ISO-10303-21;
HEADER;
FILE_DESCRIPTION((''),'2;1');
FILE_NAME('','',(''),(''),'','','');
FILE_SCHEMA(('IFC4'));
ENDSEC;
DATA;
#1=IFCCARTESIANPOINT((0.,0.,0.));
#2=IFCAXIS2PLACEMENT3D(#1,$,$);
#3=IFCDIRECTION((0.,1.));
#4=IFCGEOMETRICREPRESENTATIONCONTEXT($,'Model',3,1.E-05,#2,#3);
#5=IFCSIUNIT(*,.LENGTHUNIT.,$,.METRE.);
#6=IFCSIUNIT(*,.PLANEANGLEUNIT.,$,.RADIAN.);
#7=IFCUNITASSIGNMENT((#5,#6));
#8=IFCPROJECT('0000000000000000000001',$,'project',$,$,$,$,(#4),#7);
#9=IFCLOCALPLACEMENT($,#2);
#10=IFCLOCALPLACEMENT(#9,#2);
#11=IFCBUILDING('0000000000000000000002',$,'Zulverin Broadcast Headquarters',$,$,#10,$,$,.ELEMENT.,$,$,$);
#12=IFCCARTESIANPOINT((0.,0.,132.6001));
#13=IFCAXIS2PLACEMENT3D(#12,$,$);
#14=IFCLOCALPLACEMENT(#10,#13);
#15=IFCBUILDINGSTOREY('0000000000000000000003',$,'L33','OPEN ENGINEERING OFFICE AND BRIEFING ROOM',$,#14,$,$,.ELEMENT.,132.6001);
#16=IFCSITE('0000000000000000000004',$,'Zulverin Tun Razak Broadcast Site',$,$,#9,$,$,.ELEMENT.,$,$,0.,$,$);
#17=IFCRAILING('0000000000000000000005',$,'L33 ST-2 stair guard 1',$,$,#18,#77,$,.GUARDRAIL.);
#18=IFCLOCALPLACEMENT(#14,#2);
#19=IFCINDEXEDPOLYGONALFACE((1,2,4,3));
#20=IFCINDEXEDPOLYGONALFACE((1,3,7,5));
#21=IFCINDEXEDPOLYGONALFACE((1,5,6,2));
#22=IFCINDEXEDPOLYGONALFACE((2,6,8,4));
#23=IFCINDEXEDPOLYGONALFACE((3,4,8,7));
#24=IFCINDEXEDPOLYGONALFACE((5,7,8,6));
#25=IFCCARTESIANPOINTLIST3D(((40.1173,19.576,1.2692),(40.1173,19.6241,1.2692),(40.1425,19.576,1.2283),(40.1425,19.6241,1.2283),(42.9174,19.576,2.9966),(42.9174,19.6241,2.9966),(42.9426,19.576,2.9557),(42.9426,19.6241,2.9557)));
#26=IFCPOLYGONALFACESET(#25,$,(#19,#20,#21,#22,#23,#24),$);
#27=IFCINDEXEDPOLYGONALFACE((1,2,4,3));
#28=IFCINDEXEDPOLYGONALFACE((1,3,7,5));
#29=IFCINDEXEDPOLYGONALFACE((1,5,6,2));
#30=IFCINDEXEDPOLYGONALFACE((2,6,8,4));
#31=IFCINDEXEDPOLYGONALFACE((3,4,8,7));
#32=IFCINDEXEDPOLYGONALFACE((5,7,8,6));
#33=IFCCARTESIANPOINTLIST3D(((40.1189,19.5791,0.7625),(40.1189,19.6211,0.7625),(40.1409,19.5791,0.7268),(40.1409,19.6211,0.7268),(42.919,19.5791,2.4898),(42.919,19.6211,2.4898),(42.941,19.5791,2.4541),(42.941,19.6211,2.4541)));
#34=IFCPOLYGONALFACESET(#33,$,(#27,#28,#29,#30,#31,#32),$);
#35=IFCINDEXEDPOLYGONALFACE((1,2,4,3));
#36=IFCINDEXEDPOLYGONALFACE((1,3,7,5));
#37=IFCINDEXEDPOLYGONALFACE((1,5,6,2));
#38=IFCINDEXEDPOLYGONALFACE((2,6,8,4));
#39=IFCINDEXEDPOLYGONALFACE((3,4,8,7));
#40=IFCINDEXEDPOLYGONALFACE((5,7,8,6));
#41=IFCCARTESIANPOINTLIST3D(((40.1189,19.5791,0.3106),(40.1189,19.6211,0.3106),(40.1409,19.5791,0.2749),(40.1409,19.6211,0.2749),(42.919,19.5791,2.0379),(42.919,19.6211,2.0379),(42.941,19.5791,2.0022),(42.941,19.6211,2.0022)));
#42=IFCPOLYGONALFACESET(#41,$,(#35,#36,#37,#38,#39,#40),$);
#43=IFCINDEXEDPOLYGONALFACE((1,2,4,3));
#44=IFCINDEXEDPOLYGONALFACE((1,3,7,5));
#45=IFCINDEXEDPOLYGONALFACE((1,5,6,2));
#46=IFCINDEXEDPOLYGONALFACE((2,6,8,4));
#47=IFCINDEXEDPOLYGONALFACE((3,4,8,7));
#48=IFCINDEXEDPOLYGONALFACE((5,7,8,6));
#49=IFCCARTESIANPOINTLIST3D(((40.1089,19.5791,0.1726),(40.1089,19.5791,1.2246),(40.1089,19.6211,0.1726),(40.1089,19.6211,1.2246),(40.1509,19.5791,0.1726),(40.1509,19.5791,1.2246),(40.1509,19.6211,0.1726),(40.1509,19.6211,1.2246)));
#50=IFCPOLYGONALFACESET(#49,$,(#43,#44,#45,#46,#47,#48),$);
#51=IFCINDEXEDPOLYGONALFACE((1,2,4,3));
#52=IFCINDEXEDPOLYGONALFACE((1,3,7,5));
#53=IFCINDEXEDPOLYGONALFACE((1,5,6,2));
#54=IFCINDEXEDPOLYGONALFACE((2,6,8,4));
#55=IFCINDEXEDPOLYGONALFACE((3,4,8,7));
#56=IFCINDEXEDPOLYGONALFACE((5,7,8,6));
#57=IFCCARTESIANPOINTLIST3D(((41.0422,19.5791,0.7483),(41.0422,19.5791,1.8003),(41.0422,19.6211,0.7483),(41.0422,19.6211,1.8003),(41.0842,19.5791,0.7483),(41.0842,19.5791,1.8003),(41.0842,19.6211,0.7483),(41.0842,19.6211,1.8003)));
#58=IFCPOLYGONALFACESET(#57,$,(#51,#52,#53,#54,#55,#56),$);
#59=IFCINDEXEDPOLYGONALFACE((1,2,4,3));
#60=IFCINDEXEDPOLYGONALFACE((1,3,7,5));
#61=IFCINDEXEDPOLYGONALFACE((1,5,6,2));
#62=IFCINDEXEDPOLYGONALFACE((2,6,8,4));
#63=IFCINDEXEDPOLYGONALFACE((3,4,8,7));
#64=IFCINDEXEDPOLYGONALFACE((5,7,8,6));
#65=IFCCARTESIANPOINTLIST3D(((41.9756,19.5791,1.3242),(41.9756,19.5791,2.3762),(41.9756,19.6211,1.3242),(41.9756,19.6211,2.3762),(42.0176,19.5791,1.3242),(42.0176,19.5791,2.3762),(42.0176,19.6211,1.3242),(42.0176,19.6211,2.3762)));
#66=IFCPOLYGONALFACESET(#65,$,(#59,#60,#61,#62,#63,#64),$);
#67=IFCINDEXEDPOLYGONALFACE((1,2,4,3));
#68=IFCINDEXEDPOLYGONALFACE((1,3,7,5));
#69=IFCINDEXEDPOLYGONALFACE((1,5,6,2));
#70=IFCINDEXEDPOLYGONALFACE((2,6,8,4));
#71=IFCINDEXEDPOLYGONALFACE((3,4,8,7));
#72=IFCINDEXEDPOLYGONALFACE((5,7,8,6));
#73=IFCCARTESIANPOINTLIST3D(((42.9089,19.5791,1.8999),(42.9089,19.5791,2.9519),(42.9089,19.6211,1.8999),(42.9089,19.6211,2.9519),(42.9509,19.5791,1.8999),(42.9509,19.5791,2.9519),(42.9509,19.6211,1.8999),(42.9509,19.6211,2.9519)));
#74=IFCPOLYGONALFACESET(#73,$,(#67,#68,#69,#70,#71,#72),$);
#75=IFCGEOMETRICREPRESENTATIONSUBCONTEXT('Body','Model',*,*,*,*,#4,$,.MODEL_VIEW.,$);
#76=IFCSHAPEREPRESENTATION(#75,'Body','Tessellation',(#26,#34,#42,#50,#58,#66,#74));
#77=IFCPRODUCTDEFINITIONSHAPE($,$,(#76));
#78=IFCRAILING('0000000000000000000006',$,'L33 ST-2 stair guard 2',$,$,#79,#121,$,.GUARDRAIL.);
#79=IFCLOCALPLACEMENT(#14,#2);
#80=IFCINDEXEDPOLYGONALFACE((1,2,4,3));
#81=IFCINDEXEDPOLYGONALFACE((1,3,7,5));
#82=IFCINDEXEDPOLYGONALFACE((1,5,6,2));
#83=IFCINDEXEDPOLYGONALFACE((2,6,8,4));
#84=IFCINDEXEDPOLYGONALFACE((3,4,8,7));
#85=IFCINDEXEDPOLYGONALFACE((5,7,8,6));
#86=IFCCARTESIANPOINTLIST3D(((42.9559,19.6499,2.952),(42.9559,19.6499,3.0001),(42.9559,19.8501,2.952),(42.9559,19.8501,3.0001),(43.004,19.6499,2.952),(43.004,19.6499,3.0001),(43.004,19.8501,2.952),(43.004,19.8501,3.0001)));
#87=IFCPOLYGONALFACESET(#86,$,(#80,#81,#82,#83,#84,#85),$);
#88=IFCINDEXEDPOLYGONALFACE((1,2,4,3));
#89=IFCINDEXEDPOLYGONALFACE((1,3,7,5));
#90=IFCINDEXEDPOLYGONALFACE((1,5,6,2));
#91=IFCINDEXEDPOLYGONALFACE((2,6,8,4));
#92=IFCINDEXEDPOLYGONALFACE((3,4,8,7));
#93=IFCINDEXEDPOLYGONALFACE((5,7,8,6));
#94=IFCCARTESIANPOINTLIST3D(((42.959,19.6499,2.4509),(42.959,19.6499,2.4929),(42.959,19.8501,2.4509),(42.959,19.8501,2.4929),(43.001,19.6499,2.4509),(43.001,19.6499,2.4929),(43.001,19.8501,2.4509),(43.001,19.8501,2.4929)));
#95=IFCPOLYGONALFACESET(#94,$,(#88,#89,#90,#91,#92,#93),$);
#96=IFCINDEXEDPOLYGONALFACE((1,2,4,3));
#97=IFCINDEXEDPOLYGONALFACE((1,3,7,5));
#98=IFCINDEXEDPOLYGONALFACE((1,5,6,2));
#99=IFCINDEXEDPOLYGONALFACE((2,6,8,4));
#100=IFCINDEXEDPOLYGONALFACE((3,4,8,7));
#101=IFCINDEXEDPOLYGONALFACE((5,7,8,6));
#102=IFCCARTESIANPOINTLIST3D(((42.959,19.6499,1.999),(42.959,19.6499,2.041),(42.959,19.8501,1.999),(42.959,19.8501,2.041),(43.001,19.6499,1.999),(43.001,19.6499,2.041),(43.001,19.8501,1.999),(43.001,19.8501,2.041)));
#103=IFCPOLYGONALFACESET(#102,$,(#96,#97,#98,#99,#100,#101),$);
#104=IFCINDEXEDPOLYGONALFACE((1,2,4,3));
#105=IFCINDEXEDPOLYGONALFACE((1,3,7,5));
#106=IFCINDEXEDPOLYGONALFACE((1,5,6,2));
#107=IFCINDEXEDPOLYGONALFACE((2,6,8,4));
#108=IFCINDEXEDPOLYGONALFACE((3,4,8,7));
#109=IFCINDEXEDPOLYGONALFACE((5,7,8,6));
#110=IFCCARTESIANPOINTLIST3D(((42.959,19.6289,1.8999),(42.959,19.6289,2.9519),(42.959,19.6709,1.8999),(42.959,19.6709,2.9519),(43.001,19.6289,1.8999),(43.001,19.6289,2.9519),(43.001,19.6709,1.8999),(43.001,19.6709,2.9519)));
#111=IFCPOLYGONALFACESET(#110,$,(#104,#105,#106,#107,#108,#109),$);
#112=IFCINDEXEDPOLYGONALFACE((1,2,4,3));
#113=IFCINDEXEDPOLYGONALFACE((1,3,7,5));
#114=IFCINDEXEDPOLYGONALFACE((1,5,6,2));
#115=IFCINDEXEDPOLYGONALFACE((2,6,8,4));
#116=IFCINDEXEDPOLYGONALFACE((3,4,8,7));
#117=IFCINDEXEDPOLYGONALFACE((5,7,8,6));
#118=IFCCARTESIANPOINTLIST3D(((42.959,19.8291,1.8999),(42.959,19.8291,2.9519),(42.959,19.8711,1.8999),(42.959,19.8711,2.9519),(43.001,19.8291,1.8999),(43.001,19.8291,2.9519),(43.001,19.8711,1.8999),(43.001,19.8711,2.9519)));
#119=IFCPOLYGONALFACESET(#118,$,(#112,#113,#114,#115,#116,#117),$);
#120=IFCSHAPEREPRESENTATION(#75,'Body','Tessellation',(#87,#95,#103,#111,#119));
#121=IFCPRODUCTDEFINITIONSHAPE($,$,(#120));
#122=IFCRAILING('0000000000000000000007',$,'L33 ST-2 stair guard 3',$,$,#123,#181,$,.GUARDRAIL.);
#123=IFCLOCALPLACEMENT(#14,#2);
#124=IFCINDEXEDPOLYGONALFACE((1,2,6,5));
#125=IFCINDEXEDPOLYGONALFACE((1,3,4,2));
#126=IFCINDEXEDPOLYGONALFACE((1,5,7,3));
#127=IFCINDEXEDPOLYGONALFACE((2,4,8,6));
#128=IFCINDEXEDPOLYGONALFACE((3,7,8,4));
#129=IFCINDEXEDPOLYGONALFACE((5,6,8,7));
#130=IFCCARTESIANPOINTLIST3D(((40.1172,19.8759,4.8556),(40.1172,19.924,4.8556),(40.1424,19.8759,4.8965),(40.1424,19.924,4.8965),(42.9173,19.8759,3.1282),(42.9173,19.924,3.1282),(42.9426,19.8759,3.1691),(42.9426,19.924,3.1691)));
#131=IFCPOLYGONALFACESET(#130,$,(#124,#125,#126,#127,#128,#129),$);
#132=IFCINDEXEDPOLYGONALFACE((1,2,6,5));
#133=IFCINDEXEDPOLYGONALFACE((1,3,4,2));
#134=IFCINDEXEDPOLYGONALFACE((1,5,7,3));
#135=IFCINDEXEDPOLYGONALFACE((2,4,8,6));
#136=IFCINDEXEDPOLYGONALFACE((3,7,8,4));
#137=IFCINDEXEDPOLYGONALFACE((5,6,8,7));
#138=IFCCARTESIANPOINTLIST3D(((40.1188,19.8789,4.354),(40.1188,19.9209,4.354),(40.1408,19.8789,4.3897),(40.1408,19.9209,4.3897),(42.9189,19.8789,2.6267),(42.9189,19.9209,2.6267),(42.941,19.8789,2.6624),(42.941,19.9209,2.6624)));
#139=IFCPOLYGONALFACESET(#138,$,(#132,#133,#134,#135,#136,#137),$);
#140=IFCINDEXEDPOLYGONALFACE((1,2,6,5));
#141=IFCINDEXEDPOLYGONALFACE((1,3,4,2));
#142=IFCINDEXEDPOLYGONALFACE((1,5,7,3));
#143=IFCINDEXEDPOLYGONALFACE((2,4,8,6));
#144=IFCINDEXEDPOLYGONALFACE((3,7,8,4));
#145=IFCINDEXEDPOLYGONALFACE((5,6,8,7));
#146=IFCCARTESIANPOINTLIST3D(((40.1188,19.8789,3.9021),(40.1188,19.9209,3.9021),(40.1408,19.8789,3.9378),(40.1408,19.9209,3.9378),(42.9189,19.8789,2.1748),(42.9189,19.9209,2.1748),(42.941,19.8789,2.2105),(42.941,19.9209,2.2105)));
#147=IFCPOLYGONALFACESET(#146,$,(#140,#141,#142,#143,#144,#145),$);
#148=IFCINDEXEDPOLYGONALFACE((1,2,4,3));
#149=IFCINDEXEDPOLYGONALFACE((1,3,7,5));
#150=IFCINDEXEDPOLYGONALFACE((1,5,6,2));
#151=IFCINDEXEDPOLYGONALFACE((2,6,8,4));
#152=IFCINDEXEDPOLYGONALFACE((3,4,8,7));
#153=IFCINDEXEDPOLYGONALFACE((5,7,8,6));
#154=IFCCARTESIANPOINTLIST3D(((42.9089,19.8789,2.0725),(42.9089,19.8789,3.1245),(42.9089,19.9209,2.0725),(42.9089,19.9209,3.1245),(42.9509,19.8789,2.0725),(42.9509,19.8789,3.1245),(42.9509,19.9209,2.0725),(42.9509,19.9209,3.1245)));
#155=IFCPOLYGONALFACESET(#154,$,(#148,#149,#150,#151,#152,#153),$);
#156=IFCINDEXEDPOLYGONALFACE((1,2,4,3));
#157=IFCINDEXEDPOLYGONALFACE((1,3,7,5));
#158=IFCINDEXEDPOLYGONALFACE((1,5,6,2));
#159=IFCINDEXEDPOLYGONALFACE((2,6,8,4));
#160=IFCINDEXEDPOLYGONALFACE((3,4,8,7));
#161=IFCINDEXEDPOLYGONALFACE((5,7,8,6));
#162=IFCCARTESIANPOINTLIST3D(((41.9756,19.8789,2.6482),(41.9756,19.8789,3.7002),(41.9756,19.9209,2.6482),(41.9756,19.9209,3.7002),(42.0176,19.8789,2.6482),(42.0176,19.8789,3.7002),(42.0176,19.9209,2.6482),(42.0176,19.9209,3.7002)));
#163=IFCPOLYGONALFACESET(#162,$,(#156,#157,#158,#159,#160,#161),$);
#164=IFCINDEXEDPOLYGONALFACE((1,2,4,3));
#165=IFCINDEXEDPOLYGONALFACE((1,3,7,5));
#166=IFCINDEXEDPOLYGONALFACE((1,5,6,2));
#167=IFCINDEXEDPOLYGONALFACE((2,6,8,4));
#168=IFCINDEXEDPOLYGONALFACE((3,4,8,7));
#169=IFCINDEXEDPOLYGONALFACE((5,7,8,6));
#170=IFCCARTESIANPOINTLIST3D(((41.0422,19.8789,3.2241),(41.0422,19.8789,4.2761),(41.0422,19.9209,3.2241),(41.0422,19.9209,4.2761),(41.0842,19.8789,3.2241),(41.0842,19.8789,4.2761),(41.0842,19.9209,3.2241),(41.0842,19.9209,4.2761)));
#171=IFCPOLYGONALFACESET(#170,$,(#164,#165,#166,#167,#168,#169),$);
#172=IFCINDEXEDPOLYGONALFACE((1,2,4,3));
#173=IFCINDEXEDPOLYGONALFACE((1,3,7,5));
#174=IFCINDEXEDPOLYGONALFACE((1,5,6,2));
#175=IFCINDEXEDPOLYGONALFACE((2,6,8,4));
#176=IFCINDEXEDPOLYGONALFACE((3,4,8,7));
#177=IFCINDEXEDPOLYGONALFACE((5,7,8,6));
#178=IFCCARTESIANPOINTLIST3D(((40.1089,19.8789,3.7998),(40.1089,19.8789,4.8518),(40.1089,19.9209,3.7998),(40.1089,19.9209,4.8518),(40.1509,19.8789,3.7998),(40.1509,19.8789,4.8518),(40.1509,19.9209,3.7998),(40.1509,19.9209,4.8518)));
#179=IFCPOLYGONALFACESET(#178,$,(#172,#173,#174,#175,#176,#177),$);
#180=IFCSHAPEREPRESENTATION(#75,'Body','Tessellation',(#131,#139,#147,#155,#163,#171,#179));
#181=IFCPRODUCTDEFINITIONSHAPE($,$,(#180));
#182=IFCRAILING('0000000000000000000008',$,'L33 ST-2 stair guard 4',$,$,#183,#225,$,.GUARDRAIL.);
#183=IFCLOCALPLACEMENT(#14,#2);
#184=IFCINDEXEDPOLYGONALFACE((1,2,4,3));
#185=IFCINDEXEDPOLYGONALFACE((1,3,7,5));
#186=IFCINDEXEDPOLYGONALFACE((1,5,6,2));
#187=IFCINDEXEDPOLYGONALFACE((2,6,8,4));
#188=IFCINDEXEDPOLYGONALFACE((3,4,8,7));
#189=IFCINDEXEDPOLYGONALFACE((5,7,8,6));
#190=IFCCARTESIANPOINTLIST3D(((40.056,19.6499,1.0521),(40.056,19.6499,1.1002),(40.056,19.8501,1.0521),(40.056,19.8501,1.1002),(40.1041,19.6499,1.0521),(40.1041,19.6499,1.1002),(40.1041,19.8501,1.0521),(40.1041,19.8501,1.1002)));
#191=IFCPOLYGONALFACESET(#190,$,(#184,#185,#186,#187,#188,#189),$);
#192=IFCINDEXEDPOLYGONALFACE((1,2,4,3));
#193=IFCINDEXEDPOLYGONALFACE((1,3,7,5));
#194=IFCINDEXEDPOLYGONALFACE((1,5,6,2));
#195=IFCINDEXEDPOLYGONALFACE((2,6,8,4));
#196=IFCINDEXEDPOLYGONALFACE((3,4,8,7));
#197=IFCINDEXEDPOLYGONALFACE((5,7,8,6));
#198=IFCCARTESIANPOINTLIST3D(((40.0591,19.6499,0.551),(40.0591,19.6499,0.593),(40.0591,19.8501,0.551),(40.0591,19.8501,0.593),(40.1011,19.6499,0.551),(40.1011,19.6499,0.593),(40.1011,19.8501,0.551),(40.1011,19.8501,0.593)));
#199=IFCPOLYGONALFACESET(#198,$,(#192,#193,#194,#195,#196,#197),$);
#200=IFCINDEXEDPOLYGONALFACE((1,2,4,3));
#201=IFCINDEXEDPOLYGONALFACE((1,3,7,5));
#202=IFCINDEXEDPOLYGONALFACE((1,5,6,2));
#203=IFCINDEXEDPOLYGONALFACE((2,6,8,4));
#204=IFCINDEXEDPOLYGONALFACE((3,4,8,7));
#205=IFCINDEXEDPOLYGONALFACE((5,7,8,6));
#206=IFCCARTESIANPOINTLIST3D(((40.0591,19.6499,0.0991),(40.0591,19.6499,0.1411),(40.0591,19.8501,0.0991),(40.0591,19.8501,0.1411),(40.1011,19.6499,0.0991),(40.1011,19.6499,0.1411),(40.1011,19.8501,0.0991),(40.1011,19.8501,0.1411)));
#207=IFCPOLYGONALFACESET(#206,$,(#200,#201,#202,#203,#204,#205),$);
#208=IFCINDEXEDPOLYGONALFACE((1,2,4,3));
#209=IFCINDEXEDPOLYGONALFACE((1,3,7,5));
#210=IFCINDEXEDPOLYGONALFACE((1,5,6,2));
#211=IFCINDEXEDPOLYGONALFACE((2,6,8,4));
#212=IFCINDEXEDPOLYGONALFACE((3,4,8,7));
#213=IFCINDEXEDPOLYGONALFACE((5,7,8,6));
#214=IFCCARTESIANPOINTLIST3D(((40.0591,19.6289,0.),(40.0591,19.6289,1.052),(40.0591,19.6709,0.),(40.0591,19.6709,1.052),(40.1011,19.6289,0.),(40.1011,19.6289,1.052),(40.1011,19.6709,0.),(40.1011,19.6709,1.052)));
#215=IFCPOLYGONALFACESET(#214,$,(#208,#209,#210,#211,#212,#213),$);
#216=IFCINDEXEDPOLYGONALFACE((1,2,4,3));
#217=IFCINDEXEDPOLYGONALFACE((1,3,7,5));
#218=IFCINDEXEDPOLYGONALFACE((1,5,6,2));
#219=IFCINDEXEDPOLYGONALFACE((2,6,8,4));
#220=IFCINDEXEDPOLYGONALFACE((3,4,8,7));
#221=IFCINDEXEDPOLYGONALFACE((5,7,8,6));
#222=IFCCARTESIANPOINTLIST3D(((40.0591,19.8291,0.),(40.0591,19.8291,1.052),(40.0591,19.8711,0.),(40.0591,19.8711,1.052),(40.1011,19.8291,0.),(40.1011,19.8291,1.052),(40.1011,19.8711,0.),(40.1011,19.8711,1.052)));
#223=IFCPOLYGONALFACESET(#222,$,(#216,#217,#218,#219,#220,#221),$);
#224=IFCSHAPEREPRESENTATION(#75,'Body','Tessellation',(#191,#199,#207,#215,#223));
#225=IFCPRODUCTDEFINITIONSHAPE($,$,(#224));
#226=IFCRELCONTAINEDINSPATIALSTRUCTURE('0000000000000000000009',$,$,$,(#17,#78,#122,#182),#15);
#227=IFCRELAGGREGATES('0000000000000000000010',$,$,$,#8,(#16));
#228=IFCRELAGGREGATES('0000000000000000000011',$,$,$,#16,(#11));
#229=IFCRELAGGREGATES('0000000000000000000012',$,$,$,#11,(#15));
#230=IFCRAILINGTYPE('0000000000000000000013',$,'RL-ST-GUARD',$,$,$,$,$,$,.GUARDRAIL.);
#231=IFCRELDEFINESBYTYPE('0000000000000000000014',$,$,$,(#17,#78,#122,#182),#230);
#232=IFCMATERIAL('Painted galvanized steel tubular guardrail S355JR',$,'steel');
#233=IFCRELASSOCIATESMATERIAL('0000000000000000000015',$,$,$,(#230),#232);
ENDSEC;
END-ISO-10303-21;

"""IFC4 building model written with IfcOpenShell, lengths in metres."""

from ifc_helpers import new_model, si_unit, direction, frame, origin, origin_2d, place, context, subcontext, project, spatial, rectangle, extrude, material, type_object, element, save


model = new_model("IFC4")

# Units and contexts
model_context = context("Model", 3, precision=1e-05, world=origin(), true_north=direction((0.0, 1.0)))
body_context = subcontext(model_context, "Body", "Model", "MODEL_VIEW")
ifc_project = project(units=[si_unit("LENGTHUNIT", "METRE"), si_unit("PLANEANGLEUNIT", "RADIAN")], contexts=[model_context])

# Site, building, storey
site_placement = place(None, origin())
site = spatial("IfcSite", under=ifc_project, at=site_placement, Name="Zulverin Tun Razak Broadcast Site", CompositionType="ELEMENT", RefElevation=0.0)
building_placement = place(site_placement, origin())
building = spatial("IfcBuilding", under=site, at=building_placement, Name="Zulverin Broadcast Headquarters", CompositionType="ELEMENT")
storey_placement = place(building_placement, frame((0.0, 0.0, 132.6001)))
storey = spatial("IfcBuildingStorey", under=building, at=storey_placement, Name="L33", Description="OPEN ENGINEERING OFFICE AND BRIEFING ROOM", CompositionType="ELEMENT", Elevation=132.6001)

# Railings
ifc_material_1 = material(Name="Painted galvanized steel tubular guardrail S355JR", Category="steel")
railing_type_1 = type_object("IfcRailingType", Name="RL-ST-GUARD", PredefinedType="GUARDRAIL", material=ifc_material_1)
railing_1_placement = place(storey_placement, frame((40.1299, 19.6001, 0.1726)))
element("IfcRailing", 1, at=railing_1_placement, inside=storey, type_object=railing_type_1, Name="L33 ST-2 stair guard 1", PredefinedType="GUARDRAIL", context=body_context, shape_type="SweptSolid", body=[
    extrude(rectangle(XDim=0.0481, YDim=0.0481, at=origin_2d()), frame((0.0, 0.0, 1.0762), z_axis=(0.85109, 0.0, 0.52502), x_axis=(0.0, 1.0, 0.0)), (0.0, 0.0, 1.0), 3.29),
    extrude(rectangle(XDim=0.042, YDim=0.042, at=origin_2d()), frame((0.0, 0.0, 0.572), z_axis=(0.85109, 0.0, 0.52502), x_axis=(0.0, 1.0, 0.0)), (0.0, 0.0, 1.0), 3.29),
    extrude(rectangle(XDim=0.042, YDim=0.042, at=origin_2d()), frame((0.0, 0.0, 0.1201), z_axis=(0.85109, 0.0, 0.52502), x_axis=(0.0, 1.0, 0.0)), (0.0, 0.0, 1.0), 3.29),
    extrude(rectangle(XDim=0.042, YDim=0.042, at=origin_2d()), origin(), (0.0, 0.0, 1.0), 1.052),
    extrude(rectangle(XDim=0.042, YDim=0.042, at=origin_2d()), frame((0.9333, 0.0, 0.5757)), (0.0, 0.0, 1.0), 1.052),
    extrude(rectangle(XDim=0.042, YDim=0.042, at=origin_2d()), frame((1.8667, 0.0, 1.1516)), (0.0, 0.0, 1.0), 1.052),
    extrude(rectangle(XDim=0.042, YDim=0.042, at=origin_2d()), frame((2.8, 0.0, 1.7273)), (0.0, 0.0, 1.0), 1.052),
])
railing_2_placement = place(storey_placement, frame((42.98, 19.6499, 1.8999)))
element("IfcRailing", 2, at=railing_2_placement, inside=storey, type_object=railing_type_1, Name="L33 ST-2 stair guard 2", PredefinedType="GUARDRAIL", context=body_context, shape_type="SweptSolid", body=[
    extrude(rectangle(XDim=0.0481, YDim=0.0481, at=origin_2d()), frame((0.0, 0.0, 1.0762), z_axis=(0.0, 1.0, 0.0), x_axis=(-1.0, 0.0, 0.0)), (0.0, 0.0, 1.0), 0.2002),
    extrude(rectangle(XDim=0.042, YDim=0.042, at=origin_2d()), frame((0.0, 0.0, 0.572), z_axis=(0.0, 1.0, 0.0), x_axis=(-1.0, 0.0, 0.0)), (0.0, 0.0, 1.0), 0.2002),
    extrude(rectangle(XDim=0.042, YDim=0.042, at=origin_2d()), frame((0.0, 0.0, 0.1201), z_axis=(0.0, 1.0, 0.0), x_axis=(-1.0, 0.0, 0.0)), (0.0, 0.0, 1.0), 0.2002),
    extrude(rectangle(XDim=0.042, YDim=0.042, at=origin_2d()), origin(), (0.0, 0.0, 1.0), 1.052),
    extrude(rectangle(XDim=0.042, YDim=0.042, at=origin_2d()), frame((0.0, 0.2002, 0.0)), (0.0, 0.0, 1.0), 1.052),
])
railing_3_placement = place(storey_placement, frame((42.9299, 19.8999, 2.0725)))
element("IfcRailing", 3, at=railing_3_placement, inside=storey, type_object=railing_type_1, Name="L33 ST-2 stair guard 3", PredefinedType="GUARDRAIL", context=body_context, shape_type="SweptSolid", body=[
    extrude(rectangle(XDim=0.0481, YDim=0.0481, at=origin_2d()), frame((0.0, 0.0, 1.0762), z_axis=(-0.85109, 0.0, 0.52502), x_axis=(0.0, -1.0, 0.0)), (0.0, 0.0, 1.0), 3.29),
    extrude(rectangle(XDim=0.042, YDim=0.042, at=origin_2d()), frame((0.0, 0.0, 0.572), z_axis=(-0.85109, 0.0, 0.52502), x_axis=(0.0, -1.0, 0.0)), (0.0, 0.0, 1.0), 3.29),
    extrude(rectangle(XDim=0.042, YDim=0.042, at=origin_2d()), frame((0.0, 0.0, 0.1201), z_axis=(-0.85109, 0.0, 0.52502), x_axis=(0.0, -1.0, 0.0)), (0.0, 0.0, 1.0), 3.29),
    extrude(rectangle(XDim=0.042, YDim=0.042, at=origin_2d()), origin(), (0.0, 0.0, 1.0), 1.052),
    extrude(rectangle(XDim=0.042, YDim=0.042, at=origin_2d()), frame((-0.9333, 0.0, 0.5757)), (0.0, 0.0, 1.0), 1.052),
    extrude(rectangle(XDim=0.042, YDim=0.042, at=origin_2d()), frame((-1.8667, 0.0, 1.1516)), (0.0, 0.0, 1.0), 1.052),
    extrude(rectangle(XDim=0.042, YDim=0.042, at=origin_2d()), frame((-2.8, 0.0, 1.7273)), (0.0, 0.0, 1.0), 1.052),
])
railing_4_placement = place(storey_placement, frame((40.0801, 19.6499, 0.0)))
element("IfcRailing", 4, at=railing_4_placement, inside=storey, type_object=railing_type_1, Name="L33 ST-2 stair guard 4", PredefinedType="GUARDRAIL", context=body_context, shape_type="SweptSolid", body=[
    extrude(rectangle(XDim=0.0481, YDim=0.0481, at=origin_2d()), frame((0.0, 0.0, 1.0762), z_axis=(0.0, 1.0, 0.0), x_axis=(-1.0, 0.0, 0.0)), (0.0, 0.0, 1.0), 0.2002),
    extrude(rectangle(XDim=0.042, YDim=0.042, at=origin_2d()), frame((0.0, 0.0, 0.572), z_axis=(0.0, 1.0, 0.0), x_axis=(-1.0, 0.0, 0.0)), (0.0, 0.0, 1.0), 0.2002),
    extrude(rectangle(XDim=0.042, YDim=0.042, at=origin_2d()), frame((0.0, 0.0, 0.1201), z_axis=(0.0, 1.0, 0.0), x_axis=(-1.0, 0.0, 0.0)), (0.0, 0.0, 1.0), 0.2002),
    extrude(rectangle(XDim=0.042, YDim=0.042, at=origin_2d()), origin(), (0.0, 0.0, 1.0), 1.052),
    extrude(rectangle(XDim=0.042, YDim=0.042, at=origin_2d()), frame((0.0, 0.2002, 0.0)), (0.0, 0.0, 1.0), 1.052),
])

save(model, "model.ifc")
